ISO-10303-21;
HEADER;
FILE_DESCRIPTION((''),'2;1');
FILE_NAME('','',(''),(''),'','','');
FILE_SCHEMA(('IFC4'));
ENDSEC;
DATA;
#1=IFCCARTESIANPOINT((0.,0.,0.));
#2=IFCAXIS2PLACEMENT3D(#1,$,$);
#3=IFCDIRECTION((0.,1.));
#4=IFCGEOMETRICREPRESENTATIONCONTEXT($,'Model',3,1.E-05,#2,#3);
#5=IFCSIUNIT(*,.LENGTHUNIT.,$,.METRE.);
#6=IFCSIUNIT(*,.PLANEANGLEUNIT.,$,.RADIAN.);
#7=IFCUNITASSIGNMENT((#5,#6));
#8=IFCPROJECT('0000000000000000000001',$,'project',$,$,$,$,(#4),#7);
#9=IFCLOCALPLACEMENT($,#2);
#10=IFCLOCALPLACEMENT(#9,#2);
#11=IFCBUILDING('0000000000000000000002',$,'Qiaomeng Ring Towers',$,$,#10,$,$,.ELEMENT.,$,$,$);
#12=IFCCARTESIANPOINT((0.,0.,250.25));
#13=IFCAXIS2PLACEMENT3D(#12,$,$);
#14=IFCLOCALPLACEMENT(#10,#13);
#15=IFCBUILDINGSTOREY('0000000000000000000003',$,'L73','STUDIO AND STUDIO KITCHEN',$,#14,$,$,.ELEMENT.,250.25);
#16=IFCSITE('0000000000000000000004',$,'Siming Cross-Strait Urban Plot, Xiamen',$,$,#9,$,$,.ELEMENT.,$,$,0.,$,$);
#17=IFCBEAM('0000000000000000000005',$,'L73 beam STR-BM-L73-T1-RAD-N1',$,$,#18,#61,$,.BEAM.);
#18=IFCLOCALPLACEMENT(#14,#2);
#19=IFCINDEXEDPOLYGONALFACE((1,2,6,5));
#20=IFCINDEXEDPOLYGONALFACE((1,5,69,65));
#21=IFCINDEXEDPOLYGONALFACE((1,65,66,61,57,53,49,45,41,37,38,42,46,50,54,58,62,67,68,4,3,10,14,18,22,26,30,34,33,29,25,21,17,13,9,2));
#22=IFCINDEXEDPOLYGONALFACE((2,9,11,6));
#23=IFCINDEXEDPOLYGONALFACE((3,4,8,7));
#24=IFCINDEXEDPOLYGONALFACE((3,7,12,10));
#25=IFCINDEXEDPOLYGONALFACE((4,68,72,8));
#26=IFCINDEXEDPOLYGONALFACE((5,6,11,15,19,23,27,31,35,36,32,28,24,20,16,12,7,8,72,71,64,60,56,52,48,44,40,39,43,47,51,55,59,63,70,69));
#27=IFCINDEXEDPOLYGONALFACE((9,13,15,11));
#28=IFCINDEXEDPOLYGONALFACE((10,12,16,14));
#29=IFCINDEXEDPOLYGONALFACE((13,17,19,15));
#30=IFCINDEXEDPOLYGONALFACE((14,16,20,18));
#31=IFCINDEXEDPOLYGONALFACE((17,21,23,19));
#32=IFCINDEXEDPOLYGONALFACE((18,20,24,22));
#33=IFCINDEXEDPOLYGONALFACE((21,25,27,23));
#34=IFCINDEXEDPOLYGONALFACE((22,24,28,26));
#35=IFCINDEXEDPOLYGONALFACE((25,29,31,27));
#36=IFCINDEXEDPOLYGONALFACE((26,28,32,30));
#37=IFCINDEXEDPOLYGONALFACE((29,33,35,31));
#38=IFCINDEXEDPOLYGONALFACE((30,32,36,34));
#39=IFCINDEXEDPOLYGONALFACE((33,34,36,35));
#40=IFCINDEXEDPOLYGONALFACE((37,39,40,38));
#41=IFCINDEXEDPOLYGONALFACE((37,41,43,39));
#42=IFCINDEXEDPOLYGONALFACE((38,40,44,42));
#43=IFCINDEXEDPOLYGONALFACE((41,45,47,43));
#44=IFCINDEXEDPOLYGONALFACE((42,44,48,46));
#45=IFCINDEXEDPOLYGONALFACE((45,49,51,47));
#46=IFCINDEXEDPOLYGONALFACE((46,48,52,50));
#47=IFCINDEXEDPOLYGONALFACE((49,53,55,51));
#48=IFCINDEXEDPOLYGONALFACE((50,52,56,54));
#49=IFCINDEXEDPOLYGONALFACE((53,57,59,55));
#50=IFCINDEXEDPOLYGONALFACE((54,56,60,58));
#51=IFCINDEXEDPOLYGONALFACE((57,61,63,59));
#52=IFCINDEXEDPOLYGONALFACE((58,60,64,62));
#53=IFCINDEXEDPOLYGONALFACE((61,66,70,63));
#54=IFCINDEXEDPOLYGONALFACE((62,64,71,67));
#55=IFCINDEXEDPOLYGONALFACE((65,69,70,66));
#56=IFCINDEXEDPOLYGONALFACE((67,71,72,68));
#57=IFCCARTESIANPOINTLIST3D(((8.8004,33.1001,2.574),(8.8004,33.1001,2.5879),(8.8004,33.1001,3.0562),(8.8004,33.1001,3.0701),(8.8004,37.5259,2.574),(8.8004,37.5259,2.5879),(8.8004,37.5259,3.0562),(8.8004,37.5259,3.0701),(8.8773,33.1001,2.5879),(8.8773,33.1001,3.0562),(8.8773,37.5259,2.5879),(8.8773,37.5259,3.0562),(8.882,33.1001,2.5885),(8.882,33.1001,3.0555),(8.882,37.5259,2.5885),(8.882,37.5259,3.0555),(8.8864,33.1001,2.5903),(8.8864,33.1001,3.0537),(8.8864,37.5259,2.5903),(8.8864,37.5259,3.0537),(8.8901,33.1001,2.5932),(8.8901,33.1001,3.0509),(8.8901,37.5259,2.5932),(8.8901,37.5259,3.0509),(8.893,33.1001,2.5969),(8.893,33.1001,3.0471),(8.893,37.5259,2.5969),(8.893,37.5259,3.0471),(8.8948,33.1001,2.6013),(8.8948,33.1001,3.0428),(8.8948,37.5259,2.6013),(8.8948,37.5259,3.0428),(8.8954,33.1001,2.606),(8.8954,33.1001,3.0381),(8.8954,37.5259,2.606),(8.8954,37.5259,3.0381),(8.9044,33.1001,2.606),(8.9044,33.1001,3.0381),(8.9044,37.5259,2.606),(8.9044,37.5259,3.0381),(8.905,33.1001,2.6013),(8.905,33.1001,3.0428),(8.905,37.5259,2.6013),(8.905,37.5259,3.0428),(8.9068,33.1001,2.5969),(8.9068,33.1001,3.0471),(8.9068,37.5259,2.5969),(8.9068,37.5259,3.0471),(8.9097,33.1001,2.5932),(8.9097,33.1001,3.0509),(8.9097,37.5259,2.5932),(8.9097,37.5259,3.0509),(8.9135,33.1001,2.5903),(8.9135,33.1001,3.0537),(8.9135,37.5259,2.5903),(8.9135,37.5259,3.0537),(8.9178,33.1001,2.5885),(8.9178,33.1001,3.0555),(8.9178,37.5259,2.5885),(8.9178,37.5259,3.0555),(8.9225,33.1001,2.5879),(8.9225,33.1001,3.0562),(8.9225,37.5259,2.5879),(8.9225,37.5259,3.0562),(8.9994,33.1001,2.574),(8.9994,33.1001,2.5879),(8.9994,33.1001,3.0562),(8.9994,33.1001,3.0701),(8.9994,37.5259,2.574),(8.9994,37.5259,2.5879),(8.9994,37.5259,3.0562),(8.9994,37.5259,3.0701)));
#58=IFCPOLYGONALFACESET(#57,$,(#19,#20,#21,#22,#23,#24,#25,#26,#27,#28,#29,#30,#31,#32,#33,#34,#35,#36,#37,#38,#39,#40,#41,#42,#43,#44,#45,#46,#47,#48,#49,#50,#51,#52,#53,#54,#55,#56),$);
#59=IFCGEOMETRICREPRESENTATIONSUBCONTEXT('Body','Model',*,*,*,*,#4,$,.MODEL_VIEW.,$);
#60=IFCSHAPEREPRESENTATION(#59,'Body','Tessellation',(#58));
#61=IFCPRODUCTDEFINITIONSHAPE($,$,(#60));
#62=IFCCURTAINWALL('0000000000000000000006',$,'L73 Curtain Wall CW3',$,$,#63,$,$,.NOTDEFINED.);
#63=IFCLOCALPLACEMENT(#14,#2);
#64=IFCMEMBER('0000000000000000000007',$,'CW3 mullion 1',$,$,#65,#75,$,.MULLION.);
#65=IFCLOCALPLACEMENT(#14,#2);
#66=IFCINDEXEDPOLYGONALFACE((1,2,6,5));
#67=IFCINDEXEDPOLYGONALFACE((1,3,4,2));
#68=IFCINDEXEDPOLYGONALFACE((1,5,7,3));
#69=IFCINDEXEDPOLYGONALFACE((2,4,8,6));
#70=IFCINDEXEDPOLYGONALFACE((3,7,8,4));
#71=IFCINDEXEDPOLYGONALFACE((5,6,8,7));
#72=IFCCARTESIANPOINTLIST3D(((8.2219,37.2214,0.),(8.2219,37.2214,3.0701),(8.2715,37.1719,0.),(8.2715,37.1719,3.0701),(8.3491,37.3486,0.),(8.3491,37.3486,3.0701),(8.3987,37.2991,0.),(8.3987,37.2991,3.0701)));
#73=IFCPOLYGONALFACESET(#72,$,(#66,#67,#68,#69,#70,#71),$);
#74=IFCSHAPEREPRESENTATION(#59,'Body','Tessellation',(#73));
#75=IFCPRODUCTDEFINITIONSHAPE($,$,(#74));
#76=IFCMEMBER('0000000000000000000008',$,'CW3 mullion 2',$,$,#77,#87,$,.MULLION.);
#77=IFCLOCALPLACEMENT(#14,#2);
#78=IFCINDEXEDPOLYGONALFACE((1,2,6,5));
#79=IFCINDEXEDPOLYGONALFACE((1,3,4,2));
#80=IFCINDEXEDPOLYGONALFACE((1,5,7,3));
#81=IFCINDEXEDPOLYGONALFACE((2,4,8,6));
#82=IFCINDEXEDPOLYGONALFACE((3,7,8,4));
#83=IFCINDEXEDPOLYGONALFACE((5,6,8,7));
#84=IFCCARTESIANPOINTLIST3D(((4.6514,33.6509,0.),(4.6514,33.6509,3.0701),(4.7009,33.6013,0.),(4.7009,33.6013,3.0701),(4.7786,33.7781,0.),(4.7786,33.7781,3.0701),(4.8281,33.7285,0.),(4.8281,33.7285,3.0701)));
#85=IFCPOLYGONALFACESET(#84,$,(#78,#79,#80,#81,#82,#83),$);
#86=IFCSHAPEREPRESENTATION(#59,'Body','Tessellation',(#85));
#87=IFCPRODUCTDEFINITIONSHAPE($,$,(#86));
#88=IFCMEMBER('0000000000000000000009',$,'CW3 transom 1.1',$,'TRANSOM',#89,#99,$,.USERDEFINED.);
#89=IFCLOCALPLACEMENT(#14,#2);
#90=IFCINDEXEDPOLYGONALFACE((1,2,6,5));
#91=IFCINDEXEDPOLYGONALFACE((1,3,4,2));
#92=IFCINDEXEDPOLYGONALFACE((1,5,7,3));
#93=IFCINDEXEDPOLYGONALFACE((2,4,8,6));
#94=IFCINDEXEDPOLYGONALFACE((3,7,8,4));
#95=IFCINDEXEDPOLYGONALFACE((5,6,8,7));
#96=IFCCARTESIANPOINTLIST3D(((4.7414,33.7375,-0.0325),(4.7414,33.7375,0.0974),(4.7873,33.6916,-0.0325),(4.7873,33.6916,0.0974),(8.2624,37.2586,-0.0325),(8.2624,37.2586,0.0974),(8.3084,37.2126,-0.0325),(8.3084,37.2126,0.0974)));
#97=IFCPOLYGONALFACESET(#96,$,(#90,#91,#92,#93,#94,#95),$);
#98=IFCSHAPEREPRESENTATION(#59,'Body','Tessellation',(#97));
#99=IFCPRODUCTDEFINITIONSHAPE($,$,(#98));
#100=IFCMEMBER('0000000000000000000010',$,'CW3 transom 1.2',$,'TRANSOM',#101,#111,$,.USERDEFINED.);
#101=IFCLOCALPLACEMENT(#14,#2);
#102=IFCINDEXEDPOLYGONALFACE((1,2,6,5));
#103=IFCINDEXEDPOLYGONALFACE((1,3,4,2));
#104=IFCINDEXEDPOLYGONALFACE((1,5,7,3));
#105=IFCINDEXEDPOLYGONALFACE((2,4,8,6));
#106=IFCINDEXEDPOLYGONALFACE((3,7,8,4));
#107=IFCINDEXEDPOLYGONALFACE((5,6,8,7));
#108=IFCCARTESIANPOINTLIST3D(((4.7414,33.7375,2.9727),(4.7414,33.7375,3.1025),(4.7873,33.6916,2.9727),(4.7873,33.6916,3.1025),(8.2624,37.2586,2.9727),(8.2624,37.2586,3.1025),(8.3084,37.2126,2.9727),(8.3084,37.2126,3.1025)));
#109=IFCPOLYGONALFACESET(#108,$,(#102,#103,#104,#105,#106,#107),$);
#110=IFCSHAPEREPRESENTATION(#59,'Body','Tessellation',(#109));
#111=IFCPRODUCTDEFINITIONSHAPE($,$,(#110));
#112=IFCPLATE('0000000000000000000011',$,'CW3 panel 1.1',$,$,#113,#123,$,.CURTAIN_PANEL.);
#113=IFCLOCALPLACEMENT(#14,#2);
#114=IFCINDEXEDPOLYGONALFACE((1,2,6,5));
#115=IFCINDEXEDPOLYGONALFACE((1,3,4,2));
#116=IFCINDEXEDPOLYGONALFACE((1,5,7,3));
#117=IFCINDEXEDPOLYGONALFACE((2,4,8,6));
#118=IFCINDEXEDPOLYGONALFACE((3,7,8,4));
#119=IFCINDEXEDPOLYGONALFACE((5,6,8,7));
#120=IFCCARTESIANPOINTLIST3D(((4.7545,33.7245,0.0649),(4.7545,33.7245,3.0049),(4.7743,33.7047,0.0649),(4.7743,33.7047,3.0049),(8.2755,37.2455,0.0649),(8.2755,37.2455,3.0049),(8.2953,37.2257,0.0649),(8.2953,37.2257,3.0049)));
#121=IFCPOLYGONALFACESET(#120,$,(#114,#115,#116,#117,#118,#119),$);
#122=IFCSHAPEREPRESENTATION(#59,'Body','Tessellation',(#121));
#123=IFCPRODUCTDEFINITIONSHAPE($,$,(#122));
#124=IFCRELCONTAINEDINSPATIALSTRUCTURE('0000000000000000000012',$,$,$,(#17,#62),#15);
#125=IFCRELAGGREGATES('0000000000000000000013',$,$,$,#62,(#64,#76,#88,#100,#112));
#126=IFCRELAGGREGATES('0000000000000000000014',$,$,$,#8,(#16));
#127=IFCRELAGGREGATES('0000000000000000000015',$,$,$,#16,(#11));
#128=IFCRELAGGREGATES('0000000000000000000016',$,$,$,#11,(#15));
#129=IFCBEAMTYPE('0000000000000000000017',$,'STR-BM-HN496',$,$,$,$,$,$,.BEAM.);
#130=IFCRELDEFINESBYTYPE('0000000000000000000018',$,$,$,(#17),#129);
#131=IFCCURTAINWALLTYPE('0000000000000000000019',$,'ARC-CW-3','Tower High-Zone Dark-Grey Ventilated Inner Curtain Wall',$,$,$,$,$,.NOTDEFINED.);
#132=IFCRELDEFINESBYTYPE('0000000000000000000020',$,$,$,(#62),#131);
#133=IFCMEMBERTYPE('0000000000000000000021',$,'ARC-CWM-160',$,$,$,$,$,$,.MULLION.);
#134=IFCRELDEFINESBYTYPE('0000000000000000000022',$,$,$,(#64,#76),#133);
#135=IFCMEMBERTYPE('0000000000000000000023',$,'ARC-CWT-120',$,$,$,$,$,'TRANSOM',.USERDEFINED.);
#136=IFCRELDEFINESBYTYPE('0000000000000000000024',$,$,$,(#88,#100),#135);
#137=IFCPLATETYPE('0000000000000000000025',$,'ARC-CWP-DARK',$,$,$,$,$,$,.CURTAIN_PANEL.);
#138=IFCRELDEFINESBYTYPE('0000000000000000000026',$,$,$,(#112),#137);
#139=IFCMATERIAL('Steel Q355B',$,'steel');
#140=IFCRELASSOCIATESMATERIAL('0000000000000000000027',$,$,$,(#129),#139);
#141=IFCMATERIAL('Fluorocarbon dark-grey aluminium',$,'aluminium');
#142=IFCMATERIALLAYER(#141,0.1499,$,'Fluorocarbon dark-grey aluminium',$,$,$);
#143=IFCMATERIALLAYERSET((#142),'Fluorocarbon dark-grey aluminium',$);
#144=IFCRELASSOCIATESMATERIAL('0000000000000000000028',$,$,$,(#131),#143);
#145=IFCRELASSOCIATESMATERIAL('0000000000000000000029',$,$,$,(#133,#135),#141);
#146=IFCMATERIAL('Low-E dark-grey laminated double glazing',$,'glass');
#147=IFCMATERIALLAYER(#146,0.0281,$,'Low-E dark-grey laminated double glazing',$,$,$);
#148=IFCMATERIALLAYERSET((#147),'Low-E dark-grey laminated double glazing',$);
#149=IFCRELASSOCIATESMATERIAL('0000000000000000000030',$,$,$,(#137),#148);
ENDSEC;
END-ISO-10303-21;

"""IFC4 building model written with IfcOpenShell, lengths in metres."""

from ifc_helpers import new_model, si_unit, direction, frame, origin, origin_2d, place, context, subcontext, project, spatial, rectangle, i_section, extrude, source, transform, mapped, material, layer, layer_set, material_profile, profile_set, type_object, element, aggregate, save


model = new_model("IFC4")

# Units and contexts
model_context = context("Model", 3, precision=1e-05, world=origin(), true_north=direction((0.0, 1.0)))
body_context = subcontext(model_context, "Body", "Model", "MODEL_VIEW")
ifc_project = project(units=[si_unit("LENGTHUNIT", "METRE"), si_unit("PLANEANGLEUNIT", "RADIAN")], contexts=[model_context])

# Site, building, storey
site_placement = place(None, origin())
site = spatial("IfcSite", under=ifc_project, at=site_placement, Name="Siming Cross-Strait Urban Plot, Xiamen", CompositionType="ELEMENT", RefElevation=0.0)
building_placement = place(site_placement, origin())
building = spatial("IfcBuilding", under=site, at=building_placement, Name="Qiaomeng Ring Towers", CompositionType="ELEMENT")
storey_placement = place(building_placement, frame((0.0, 0.0, 250.25)))
storey = spatial("IfcBuildingStorey", under=building, at=storey_placement, Name="L73", Description="STUDIO AND STUDIO KITCHEN", CompositionType="ELEMENT", Elevation=250.25)

# Beam
ifc_material_1 = material(Name="Steel Q355B", Category="steel")
ifc_material_profile_1 = material_profile(ifc_material_1, i_section(OverallWidth=0.199, OverallDepth=0.4961, WebThickness=0.009, FlangeThickness=0.0139, FilletRadius=0.0181, at=origin_2d()), Name="HN 496x199x9x14")
ifc_profile_set_1 = profile_set([ifc_material_profile_1], Name="Steel Q355B")
beam_type_1 = type_object("IfcBeamType", Name="STR-BM-HN496", PredefinedType="BEAM", material=ifc_profile_set_1)
shared_shape_1 = source(origin(), body_context, "Body", "SweptSolid", [
    extrude(i_section(OverallWidth=0.199, OverallDepth=0.4961, WebThickness=0.009, FlangeThickness=0.0139, FilletRadius=0.0181, at=origin_2d()), origin(), (0.0, 0.0, 1.0), 4.4258),
])
beam_1_placement = place(storey_placement, frame((8.8999, 37.5259, 2.822), z_axis=(0.0, -1.0, 0.0), x_axis=(1.0, 0.0, 0.0)))
element("IfcBeam", 1, at=beam_1_placement, inside=storey, type_object=beam_type_1, Name="L73 beam STR-BM-L73-T1-RAD-N1", PredefinedType="BEAM", context=body_context, shape_type="MappedRepresentation", body=[
    mapped(shared_shape_1, transform((0.0, 0.0, 0.0), x_axis=(1.0, 0.0, 0.0), y_axis=(0.0, 1.0, 0.0), z_axis=(0.0, 0.0, 1.0), scale=1.0)),
])

# Curtain wall, members, plate
ifc_material_2 = material(Name="Fluorocarbon dark-grey aluminium", Category="aluminium")
ifc_layer_1 = layer(ifc_material_2, 0.1499, Name="Fluorocarbon dark-grey aluminium")
ifc_layer_set_1 = layer_set([ifc_layer_1], Name="Fluorocarbon dark-grey aluminium")
curtain_wall_type = type_object("IfcCurtainWallType", Name="ARC-CW-3", Description="Tower High-Zone Dark-Grey Ventilated Inner Curtain Wall", PredefinedType="NOTDEFINED", material=ifc_layer_set_1)
curtain_wall_placement = place(storey_placement, origin())
curtain_wall = element("IfcCurtainWall", 2, at=curtain_wall_placement, inside=storey, type_object=curtain_wall_type, Name="L73 Curtain Wall CW3", PredefinedType="NOTDEFINED")
ifc_material_profile_2 = material_profile(ifc_material_2, rectangle(XDim=0.0701, YDim=0.1799, at=origin_2d()), Name="ALU MULL 70x180")
ifc_profile_set_2 = profile_set([ifc_material_profile_2], Name="Fluorocarbon dark-grey aluminium")
member_type_1 = type_object("IfcMemberType", Name="ARC-CWM-160", PredefinedType="MULLION", material=ifc_profile_set_2)
shared_shape_2 = source(origin(), body_context, "Body", "SweptSolid", [
    extrude(rectangle(XDim=0.0701, YDim=0.1799, at=origin_2d()), origin(), (0.0, 0.0, 1.0), 3.0701),
])
member_1_placement = place(storey_placement, frame((8.3103, 37.2603, 0.0), z_axis=(0.0, 0.0, 1.0), x_axis=(0.707107, -0.707107, 0.0)))
member_1 = element("IfcMember", 3, at=member_1_placement, type_object=member_type_1, Name="CW3 mullion 1", PredefinedType="MULLION", context=body_context, shape_type="MappedRepresentation", body=[
    mapped(shared_shape_2, transform((0.0, 0.0, 0.0), x_axis=(1.0, 0.0, 0.0), y_axis=(0.0, 1.0, 0.0), z_axis=(0.0, 0.0, 1.0), scale=1.0)),
])
member_2_placement = place(storey_placement, frame((4.7397, 33.6897, 0.0), z_axis=(0.0, 0.0, 1.0), x_axis=(0.707107, -0.707107, 0.0)))
member_2 = element("IfcMember", 4, at=member_2_placement, type_object=member_type_1, Name="CW3 mullion 2", PredefinedType="MULLION", context=body_context, shape_type="MappedRepresentation", body=[
    mapped(shared_shape_2, transform((0.0, 0.0, 0.0), x_axis=(1.0, 0.0, 0.0), y_axis=(0.0, 1.0, 0.0), z_axis=(0.0, 0.0, 1.0), scale=1.0)),
])
ifc_material_profile_3 = material_profile(ifc_material_2, rectangle(XDim=0.0649, YDim=0.1299, at=origin_2d()), Name="ALU TRAN 65x130")
ifc_profile_set_3 = profile_set([ifc_material_profile_3], Name="Fluorocarbon dark-grey aluminium")
member_type_2 = type_object("IfcMemberType", Name="ARC-CWT-120", ElementType="TRANSOM", PredefinedType="USERDEFINED", material=ifc_profile_set_3)
shared_shape_3 = source(origin(), body_context, "Body", "SweptSolid", [
    extrude(rectangle(XDim=0.0649, YDim=0.1299, at=origin_2d()), origin(), (0.0, 0.0, 1.0), 4.9795),
])
member_3_placement = place(storey_placement, frame((8.2854, 37.2356, 0.0325), z_axis=(-0.707107, -0.707107, 0.0), x_axis=(0.707107, -0.707107, 0.0)))
member_3 = element("IfcMember", 5, at=member_3_placement, type_object=member_type_2, Name="CW3 transom 1.1", ObjectType="TRANSOM", PredefinedType="USERDEFINED", context=body_context, shape_type="MappedRepresentation", body=[
    mapped(shared_shape_3, transform((0.0, 0.0, 0.0), x_axis=(1.0, 0.0, 0.0), y_axis=(0.0, 1.0, 0.0), z_axis=(0.0, 0.0, 1.0), scale=1.0)),
])
member_4_placement = place(storey_placement, frame((8.2854, 37.2356, 3.0376), z_axis=(-0.707107, -0.707107, 0.0), x_axis=(0.707107, -0.707107, 0.0)))
member_4 = element("IfcMember", 6, at=member_4_placement, type_object=member_type_2, Name="CW3 transom 1.2", ObjectType="TRANSOM", PredefinedType="USERDEFINED", context=body_context, shape_type="MappedRepresentation", body=[
    mapped(shared_shape_3, transform((0.0, 0.0, 0.0), x_axis=(1.0, 0.0, 0.0), y_axis=(0.0, 1.0, 0.0), z_axis=(0.0, 0.0, 1.0), scale=1.0)),
])
ifc_material_3 = material(Name="Low-E dark-grey laminated double glazing", Category="glass")
ifc_layer_2 = layer(ifc_material_3, 0.0281, Name="Low-E dark-grey laminated double glazing")
ifc_layer_set_2 = layer_set([ifc_layer_2], Name="Low-E dark-grey laminated double glazing")
plate_type = type_object("IfcPlateType", Name="ARC-CWP-DARK", PredefinedType="CURTAIN_PANEL", material=ifc_layer_set_2)
shared_shape_4 = source(origin(), body_context, "Body", "SweptSolid", [
    extrude(rectangle(XDim=4.9795, YDim=0.0281, at=origin_2d()), origin(), (0.0, 0.0, 1.0), 2.9399),
])
plate_placement = place(storey_placement, frame((6.5249, 35.4751, 0.0649), z_axis=(0.0, 0.0, 1.0), x_axis=(-0.707107, -0.707107, 0.0)))
plate = element("IfcPlate", 7, at=plate_placement, type_object=plate_type, Name="CW3 panel 1.1", PredefinedType="CURTAIN_PANEL", context=body_context, shape_type="MappedRepresentation", body=[
    mapped(shared_shape_4, transform((0.0, 0.0, 0.0), x_axis=(1.0, 0.0, 0.0), y_axis=(0.0, 1.0, 0.0), z_axis=(0.0, 0.0, 1.0), scale=1.0)),
])
aggregate(curtain_wall, [member_1, member_2, member_3, member_4, plate])

save(model, "model.ifc")
